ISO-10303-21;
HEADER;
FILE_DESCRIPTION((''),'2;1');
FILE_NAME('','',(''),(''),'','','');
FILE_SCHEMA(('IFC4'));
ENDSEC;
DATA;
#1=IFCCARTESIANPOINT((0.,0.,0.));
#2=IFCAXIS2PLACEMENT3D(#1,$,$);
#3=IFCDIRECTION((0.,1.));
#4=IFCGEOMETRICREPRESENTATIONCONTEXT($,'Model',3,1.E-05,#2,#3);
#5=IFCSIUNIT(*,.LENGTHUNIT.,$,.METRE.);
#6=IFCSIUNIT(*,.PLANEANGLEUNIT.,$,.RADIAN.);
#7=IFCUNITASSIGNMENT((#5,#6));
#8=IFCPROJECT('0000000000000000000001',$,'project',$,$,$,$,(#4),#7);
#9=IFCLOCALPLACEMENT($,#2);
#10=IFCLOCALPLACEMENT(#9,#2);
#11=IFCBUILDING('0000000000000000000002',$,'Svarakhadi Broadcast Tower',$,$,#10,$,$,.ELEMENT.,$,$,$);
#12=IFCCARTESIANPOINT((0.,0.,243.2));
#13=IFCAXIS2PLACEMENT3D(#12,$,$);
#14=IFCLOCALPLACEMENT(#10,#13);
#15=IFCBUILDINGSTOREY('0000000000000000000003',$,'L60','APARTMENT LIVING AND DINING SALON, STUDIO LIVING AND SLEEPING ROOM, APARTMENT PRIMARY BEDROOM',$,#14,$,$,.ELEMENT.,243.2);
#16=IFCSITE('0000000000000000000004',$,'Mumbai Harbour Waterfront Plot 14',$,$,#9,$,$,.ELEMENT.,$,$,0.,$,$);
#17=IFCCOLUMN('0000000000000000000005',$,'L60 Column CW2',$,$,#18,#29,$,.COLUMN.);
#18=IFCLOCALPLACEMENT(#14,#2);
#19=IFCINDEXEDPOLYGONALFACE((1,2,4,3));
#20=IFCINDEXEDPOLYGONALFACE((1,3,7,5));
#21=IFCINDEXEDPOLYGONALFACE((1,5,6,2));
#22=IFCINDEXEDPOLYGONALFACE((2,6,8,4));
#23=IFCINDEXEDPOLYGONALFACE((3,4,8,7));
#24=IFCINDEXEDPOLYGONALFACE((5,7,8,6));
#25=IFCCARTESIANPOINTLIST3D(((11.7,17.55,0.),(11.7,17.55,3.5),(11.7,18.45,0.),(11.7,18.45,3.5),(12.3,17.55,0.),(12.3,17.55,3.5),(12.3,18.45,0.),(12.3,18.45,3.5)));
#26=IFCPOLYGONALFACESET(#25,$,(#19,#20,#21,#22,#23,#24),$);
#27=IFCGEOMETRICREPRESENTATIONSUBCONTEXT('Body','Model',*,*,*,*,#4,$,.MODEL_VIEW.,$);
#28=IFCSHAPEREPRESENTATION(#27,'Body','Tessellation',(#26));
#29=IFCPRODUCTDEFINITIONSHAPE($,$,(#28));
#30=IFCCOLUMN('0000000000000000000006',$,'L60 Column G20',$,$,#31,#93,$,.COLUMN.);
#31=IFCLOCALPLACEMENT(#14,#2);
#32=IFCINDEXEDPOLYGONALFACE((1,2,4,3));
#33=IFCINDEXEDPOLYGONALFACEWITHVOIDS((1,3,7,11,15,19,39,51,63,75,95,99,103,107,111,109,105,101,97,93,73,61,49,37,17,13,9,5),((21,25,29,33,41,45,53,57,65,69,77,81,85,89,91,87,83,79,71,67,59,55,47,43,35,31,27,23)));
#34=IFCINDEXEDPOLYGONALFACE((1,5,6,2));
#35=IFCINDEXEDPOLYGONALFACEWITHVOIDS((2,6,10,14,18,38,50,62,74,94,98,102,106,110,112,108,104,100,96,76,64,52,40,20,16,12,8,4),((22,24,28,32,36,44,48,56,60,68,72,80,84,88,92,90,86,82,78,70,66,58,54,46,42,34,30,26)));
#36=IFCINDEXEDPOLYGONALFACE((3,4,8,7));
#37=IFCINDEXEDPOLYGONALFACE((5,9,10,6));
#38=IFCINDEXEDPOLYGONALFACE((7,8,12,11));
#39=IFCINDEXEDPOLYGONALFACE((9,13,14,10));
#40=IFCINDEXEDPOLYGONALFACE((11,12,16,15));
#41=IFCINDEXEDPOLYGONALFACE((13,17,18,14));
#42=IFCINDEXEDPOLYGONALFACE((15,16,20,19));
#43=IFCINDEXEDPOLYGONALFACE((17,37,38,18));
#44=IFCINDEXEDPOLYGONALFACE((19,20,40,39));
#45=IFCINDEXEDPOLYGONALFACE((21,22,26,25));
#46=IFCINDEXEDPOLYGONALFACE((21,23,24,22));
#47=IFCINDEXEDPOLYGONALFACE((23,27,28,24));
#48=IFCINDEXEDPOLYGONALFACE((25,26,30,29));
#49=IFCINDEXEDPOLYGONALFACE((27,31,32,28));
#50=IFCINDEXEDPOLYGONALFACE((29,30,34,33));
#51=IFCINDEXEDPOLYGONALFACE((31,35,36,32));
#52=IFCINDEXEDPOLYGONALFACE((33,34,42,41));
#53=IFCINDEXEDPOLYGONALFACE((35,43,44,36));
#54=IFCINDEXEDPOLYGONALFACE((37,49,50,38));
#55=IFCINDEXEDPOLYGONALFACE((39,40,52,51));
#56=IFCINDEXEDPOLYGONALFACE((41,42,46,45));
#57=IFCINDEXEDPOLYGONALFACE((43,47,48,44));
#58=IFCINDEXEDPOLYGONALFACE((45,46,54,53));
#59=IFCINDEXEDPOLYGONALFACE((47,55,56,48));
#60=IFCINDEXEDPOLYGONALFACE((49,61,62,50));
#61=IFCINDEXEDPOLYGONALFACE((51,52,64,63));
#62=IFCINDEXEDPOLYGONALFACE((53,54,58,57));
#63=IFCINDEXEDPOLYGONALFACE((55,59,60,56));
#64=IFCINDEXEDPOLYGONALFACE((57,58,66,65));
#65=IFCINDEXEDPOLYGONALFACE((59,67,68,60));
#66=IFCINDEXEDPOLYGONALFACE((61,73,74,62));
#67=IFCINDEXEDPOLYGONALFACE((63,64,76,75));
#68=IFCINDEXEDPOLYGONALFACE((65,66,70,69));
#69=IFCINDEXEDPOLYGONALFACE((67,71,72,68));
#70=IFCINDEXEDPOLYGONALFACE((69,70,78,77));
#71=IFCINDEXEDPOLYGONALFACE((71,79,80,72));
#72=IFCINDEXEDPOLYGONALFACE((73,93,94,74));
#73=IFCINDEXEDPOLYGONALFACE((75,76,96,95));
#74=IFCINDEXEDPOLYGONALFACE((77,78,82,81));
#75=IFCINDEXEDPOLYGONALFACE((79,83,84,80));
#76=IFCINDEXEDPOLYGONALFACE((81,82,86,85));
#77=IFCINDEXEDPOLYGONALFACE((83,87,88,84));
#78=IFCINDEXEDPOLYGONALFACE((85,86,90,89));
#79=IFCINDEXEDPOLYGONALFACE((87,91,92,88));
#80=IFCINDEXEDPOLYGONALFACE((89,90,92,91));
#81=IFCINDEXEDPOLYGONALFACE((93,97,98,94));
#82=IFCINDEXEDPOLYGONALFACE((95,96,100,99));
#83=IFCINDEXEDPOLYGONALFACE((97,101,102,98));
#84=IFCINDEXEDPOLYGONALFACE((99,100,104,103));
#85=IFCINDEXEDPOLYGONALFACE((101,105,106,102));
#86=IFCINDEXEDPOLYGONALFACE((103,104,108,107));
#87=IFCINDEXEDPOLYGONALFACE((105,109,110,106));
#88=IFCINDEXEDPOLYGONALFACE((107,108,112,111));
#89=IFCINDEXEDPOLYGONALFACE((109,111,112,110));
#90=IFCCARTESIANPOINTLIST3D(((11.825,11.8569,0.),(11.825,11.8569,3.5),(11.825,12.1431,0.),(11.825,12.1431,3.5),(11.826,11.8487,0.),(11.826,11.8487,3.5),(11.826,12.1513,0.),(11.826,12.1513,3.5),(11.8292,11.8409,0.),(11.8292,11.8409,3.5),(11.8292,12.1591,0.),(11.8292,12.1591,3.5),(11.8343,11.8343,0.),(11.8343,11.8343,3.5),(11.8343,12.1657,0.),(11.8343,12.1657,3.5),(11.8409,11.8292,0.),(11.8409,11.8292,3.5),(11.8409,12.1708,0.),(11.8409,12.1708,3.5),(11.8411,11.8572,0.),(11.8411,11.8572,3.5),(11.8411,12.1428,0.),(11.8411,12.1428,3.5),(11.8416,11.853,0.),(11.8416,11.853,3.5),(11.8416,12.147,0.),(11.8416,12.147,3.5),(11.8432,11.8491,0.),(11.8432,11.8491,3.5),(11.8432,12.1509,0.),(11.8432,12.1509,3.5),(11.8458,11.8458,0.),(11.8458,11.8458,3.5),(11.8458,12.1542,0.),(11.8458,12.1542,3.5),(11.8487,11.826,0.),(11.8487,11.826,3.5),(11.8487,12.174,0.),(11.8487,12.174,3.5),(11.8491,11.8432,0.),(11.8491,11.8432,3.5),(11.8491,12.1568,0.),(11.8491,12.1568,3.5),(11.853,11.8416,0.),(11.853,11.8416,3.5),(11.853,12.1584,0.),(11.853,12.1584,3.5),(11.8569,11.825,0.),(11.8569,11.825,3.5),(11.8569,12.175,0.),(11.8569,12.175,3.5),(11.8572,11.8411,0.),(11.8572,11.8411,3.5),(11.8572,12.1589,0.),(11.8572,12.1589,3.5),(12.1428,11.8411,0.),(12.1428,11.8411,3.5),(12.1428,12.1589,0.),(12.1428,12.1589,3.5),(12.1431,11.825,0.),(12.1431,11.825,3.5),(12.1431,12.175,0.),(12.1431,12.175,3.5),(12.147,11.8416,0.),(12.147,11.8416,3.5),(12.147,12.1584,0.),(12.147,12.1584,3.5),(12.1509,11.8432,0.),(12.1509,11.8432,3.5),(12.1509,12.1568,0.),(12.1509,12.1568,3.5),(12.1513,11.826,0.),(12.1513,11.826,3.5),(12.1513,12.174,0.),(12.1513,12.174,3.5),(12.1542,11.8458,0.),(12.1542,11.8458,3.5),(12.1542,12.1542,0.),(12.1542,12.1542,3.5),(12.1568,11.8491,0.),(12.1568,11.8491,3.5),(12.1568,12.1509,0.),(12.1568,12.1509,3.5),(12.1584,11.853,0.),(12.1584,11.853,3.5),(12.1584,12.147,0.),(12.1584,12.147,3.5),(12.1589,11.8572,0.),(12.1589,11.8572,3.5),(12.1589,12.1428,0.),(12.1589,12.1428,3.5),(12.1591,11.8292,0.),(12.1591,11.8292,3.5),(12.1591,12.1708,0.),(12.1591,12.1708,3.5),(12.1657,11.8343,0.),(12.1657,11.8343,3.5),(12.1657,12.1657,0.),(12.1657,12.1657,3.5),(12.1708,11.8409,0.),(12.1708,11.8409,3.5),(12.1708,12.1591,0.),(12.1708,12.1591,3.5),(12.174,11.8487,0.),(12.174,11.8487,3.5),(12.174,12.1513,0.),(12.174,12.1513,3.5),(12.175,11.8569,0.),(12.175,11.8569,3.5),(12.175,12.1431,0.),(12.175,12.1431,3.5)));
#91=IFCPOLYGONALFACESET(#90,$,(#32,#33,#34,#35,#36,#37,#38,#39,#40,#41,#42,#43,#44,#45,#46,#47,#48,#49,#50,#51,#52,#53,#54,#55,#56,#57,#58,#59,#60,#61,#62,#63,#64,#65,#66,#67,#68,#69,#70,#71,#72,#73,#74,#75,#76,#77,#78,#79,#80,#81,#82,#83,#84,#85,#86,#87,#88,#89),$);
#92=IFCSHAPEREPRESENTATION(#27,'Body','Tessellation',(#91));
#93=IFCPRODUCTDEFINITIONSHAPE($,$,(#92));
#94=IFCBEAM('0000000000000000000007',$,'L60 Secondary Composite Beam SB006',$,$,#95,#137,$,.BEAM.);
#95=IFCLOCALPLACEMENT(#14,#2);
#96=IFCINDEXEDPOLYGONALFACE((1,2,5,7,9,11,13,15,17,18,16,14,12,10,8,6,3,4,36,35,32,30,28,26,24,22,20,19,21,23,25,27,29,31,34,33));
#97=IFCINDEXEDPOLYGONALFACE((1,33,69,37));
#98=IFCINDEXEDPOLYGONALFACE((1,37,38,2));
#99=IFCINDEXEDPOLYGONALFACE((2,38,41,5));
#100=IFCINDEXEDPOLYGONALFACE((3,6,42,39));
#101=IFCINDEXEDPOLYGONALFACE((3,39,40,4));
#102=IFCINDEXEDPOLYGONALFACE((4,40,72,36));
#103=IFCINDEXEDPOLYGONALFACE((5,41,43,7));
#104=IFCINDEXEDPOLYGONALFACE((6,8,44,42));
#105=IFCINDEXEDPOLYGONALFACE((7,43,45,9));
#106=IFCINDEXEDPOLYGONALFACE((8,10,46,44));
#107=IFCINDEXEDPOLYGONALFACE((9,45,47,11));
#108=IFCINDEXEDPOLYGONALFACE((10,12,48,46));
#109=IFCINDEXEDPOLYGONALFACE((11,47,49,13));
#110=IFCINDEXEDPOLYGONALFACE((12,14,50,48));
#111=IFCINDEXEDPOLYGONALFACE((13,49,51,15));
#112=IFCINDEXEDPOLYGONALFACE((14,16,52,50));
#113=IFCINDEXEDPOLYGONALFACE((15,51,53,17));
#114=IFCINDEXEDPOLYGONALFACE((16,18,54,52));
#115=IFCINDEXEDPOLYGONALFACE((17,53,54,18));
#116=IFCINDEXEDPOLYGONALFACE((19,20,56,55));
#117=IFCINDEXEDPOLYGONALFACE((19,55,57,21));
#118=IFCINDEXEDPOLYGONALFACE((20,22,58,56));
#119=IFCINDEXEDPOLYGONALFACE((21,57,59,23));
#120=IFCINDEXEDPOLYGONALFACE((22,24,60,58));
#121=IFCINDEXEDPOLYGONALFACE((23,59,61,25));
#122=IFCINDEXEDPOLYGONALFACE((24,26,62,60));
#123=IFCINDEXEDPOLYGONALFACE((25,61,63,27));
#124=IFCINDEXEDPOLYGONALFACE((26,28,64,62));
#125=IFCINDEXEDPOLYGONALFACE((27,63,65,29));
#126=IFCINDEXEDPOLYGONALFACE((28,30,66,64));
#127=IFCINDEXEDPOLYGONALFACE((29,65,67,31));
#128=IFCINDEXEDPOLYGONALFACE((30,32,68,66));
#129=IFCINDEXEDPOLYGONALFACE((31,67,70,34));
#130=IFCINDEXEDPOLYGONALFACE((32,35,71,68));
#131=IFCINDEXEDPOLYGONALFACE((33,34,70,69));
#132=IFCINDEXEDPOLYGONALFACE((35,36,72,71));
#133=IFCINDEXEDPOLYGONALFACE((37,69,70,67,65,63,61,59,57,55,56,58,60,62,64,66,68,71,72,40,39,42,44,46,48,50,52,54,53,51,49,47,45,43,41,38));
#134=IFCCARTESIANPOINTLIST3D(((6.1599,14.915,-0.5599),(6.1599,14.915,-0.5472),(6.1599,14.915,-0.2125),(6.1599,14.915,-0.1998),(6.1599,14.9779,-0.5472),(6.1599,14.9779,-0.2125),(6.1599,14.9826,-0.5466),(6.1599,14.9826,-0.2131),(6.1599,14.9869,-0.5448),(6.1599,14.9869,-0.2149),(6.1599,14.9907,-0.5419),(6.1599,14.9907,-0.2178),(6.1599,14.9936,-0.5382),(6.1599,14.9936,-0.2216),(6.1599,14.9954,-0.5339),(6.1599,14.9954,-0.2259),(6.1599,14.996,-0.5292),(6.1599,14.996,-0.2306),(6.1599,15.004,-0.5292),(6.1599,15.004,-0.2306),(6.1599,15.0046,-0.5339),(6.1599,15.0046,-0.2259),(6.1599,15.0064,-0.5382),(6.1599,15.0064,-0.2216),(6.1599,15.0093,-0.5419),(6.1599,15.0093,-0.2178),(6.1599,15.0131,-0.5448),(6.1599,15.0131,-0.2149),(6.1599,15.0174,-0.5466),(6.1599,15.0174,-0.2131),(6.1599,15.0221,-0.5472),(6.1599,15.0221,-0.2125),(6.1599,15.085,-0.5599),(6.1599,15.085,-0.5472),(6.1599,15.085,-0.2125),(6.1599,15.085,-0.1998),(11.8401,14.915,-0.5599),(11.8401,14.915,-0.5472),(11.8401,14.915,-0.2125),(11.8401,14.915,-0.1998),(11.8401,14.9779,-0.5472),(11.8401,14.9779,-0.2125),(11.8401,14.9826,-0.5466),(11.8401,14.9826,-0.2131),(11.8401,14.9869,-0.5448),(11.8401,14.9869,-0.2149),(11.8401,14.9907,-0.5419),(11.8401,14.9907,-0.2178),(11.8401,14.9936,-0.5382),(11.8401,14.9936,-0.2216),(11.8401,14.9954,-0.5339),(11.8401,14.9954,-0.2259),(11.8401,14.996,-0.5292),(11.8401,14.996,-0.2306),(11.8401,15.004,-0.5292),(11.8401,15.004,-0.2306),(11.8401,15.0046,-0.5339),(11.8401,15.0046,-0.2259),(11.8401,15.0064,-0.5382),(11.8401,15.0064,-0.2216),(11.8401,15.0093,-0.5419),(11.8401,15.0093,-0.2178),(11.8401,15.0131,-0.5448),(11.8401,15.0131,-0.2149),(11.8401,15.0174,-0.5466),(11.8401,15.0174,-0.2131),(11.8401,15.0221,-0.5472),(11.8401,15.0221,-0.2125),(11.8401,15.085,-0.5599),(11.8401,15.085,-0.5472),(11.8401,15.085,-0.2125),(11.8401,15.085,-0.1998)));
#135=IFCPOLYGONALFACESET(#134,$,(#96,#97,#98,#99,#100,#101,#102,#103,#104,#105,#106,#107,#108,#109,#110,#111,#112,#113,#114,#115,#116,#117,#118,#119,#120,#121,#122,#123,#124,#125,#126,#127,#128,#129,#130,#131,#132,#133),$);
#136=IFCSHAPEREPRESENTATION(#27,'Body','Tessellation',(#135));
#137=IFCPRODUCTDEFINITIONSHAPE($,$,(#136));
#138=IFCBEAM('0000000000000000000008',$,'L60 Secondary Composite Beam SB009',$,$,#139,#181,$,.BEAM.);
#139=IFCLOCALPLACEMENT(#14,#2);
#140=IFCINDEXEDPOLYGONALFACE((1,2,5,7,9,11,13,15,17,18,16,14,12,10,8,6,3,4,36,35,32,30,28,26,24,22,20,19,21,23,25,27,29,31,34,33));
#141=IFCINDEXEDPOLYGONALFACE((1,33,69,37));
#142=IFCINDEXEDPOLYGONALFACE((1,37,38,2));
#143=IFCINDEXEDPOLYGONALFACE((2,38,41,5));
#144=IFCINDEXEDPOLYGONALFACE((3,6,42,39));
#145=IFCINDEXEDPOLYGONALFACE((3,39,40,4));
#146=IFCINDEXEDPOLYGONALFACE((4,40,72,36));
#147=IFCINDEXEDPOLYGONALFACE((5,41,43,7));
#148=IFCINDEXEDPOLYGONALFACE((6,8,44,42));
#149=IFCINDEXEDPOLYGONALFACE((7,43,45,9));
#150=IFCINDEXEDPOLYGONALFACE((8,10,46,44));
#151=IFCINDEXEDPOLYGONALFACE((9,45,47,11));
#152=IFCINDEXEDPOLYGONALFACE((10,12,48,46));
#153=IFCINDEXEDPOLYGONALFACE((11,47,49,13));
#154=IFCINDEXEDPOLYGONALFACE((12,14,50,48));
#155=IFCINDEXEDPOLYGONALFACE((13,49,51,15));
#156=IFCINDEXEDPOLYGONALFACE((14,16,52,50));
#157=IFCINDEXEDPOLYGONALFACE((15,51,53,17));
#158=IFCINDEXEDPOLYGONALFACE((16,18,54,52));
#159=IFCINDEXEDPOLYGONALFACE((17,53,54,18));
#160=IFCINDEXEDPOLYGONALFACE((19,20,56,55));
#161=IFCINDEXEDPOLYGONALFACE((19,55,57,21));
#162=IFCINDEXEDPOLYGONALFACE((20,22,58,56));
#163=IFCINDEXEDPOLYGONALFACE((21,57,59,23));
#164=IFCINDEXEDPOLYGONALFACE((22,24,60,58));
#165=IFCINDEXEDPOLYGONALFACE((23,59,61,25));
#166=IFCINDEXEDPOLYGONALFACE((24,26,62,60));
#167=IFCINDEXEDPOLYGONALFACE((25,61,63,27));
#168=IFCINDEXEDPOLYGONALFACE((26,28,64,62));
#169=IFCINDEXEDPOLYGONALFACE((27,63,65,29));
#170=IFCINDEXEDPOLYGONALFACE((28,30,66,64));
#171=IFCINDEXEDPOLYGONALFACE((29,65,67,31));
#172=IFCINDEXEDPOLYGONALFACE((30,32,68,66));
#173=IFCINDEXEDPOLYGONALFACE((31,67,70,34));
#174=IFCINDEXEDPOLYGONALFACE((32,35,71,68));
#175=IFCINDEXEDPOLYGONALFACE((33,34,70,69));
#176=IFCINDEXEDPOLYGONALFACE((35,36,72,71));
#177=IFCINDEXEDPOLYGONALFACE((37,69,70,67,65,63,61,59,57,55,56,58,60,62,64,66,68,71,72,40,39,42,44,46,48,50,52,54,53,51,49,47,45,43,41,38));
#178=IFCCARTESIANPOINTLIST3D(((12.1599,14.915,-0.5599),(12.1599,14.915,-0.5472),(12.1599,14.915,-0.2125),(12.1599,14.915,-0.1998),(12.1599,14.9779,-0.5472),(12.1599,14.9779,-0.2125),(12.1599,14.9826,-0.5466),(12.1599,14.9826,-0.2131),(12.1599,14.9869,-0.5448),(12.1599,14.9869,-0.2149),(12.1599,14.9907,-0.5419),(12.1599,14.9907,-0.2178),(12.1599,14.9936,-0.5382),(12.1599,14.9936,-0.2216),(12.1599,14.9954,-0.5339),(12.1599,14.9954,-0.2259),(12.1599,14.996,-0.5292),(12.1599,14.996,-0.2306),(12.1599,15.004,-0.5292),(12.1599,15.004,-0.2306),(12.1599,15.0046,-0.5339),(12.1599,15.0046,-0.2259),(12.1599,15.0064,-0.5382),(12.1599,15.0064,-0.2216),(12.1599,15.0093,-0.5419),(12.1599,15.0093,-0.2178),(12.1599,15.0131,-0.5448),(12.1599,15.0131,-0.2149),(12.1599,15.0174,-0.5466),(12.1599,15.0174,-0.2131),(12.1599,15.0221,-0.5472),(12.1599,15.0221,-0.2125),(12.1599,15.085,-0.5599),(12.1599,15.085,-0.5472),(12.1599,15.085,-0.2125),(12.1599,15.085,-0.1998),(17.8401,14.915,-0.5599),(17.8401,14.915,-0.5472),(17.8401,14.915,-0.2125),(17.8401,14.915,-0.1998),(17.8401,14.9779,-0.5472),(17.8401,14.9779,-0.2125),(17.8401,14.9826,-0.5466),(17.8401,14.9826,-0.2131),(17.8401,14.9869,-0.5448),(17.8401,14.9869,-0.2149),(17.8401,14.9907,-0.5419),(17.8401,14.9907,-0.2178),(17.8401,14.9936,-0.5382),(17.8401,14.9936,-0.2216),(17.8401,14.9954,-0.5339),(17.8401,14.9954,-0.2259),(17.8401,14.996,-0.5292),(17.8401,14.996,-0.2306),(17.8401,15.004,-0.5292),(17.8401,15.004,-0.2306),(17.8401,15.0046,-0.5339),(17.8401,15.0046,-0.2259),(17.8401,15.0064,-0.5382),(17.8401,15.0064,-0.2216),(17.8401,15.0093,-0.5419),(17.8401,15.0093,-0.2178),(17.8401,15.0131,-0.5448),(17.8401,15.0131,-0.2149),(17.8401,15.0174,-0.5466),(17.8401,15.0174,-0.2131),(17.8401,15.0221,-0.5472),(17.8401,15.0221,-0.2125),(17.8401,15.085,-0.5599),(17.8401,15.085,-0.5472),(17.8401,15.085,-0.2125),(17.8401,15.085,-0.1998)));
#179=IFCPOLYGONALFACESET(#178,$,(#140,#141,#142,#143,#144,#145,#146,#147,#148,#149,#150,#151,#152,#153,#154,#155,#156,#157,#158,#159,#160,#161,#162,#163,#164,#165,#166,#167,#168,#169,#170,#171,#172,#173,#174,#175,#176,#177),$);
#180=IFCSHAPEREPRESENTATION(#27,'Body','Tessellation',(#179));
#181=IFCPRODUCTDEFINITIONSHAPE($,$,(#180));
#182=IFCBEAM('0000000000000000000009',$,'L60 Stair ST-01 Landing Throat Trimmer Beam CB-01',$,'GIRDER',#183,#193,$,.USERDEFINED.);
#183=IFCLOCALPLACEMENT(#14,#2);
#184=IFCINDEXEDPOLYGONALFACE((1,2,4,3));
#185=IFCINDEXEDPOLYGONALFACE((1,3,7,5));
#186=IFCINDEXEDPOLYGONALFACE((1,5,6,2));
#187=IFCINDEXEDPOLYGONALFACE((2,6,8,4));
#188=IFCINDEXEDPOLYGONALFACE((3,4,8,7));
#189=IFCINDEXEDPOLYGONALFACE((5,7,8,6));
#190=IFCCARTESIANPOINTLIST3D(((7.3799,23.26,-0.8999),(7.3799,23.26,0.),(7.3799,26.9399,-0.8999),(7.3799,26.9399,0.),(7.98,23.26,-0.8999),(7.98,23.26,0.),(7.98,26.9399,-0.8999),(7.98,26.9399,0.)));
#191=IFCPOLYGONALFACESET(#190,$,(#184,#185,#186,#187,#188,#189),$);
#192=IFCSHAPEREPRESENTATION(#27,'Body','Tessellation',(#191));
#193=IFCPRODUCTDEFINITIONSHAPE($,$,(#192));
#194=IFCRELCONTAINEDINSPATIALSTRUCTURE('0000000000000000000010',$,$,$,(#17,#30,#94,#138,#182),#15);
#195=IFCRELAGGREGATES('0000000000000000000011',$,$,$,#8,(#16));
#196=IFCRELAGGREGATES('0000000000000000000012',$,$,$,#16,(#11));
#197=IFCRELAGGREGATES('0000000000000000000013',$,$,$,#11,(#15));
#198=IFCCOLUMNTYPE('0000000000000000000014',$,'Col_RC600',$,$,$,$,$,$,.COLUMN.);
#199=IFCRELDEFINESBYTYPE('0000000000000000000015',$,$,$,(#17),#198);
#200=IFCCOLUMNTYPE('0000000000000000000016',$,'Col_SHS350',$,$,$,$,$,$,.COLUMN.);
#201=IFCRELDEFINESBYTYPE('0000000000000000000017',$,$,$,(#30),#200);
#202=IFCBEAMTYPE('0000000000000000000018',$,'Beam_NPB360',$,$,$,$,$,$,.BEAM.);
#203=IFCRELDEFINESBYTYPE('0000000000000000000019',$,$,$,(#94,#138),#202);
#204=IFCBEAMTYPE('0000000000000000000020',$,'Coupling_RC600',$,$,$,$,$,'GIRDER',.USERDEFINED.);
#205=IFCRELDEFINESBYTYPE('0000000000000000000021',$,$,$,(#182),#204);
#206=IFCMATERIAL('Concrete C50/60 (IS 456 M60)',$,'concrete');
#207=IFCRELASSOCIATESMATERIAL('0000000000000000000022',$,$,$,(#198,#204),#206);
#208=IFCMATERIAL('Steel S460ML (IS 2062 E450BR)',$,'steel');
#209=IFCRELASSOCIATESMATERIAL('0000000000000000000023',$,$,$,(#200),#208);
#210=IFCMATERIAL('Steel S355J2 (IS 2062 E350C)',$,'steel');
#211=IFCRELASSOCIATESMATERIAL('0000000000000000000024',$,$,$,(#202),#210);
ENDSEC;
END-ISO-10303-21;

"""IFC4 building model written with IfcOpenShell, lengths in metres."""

from ifc_helpers import new_model, si_unit, direction, frame, origin, origin_2d, place, context, subcontext, project, spatial, rectangle, hollow_rectangle, i_section, extrude, material, material_profile, profile_set, type_object, element, save


model = new_model("IFC4")

# Units and contexts
model_context = context("Model", 3, precision=1e-05, world=origin(), true_north=direction((0.0, 1.0)))
body_context = subcontext(model_context, "Body", "Model", "MODEL_VIEW")
ifc_project = project(units=[si_unit("LENGTHUNIT", "METRE"), si_unit("PLANEANGLEUNIT", "RADIAN")], contexts=[model_context])

# Site, building, storey
site_placement = place(None, origin())
site = spatial("IfcSite", under=ifc_project, at=site_placement, Name="Mumbai Harbour Waterfront Plot 14", CompositionType="ELEMENT", RefElevation=0.0)
building_placement = place(site_placement, origin())
building = spatial("IfcBuilding", under=site, at=building_placement, Name="Svarakhadi Broadcast Tower", CompositionType="ELEMENT")
storey_placement = place(building_placement, frame((0.0, 0.0, 243.2)))
storey = spatial("IfcBuildingStorey", under=building, at=storey_placement, Name="L60", Description="APARTMENT LIVING AND DINING SALON, STUDIO LIVING AND SLEEPING ROOM, APARTMENT PRIMARY BEDROOM", CompositionType="ELEMENT", Elevation=243.2)

# Columns
ifc_material_1 = material(Name="Concrete C50/60 (IS 456 M60)", Category="concrete")
ifc_material_profile_1 = material_profile(ifc_material_1, rectangle(XDim=0.6001, YDim=0.8999, at=origin_2d()), Name="RC 600x900")
ifc_profile_set_1 = profile_set([ifc_material_profile_1], Name="Concrete C50/60 (IS 456 M60)")
column_type_1 = type_object("IfcColumnType", Name="Col_RC600", PredefinedType="COLUMN", material=ifc_profile_set_1)
column_1_placement = place(storey_placement, frame((12.0, 18.0, 0.0), z_axis=(0.0, 0.0, 1.0), x_axis=(1.0, 0.0, 0.0)))
element("IfcColumn", 1, at=column_1_placement, inside=storey, type_object=column_type_1, Name="L60 Column CW2", PredefinedType="COLUMN", context=body_context, shape_type="SweptSolid", body=[
    extrude(rectangle(XDim=0.6001, YDim=0.8999, at=origin_2d()), origin(), (0.0, 0.0, 1.0), 3.5),
])
ifc_material_2 = material(Name="Steel S460ML (IS 2062 E450BR)", Category="steel")
ifc_material_profile_2 = material_profile(ifc_material_2, hollow_rectangle(XDim=0.3501, YDim=0.3501, WallThickness=0.0161, InnerFilletRadius=0.0161, OuterFilletRadius=0.032, at=origin_2d()), Name="SHS 350x350x16")
ifc_profile_set_2 = profile_set([ifc_material_profile_2], Name="Steel S460ML (IS 2062 E450BR)")
column_type_2 = type_object("IfcColumnType", Name="Col_SHS350", PredefinedType="COLUMN", material=ifc_profile_set_2)
column_2_placement = place(storey_placement, frame((12.0, 12.0, 0.0), z_axis=(0.0, 0.0, 1.0), x_axis=(1.0, 0.0, 0.0)))
element("IfcColumn", 2, at=column_2_placement, inside=storey, type_object=column_type_2, Name="L60 Column G20", PredefinedType="COLUMN", context=body_context, shape_type="SweptSolid", body=[
    extrude(hollow_rectangle(XDim=0.3501, YDim=0.3501, WallThickness=0.0161, InnerFilletRadius=0.0161, OuterFilletRadius=0.032, at=origin_2d()), origin(), (0.0, 0.0, 1.0), 3.5),
])

# Beams
ifc_material_3 = material(Name="Steel S355J2 (IS 2062 E350C)", Category="steel")
ifc_material_profile_3 = material_profile(ifc_material_3, i_section(OverallWidth=0.1699, OverallDepth=0.3601, WebThickness=0.0081, FlangeThickness=0.0127, FilletRadius=0.0181, at=origin_2d()), Name="NPB 360x170x57")
ifc_profile_set_3 = profile_set([ifc_material_profile_3], Name="Steel S355J2 (IS 2062 E350C)")
beam_type_1 = type_object("IfcBeamType", Name="Beam_NPB360", PredefinedType="BEAM", material=ifc_profile_set_3)
for number, where, z_axis, x_axis, name in (
    (3, (6.1599, 15.0, -0.3799), (1.0, 0.0, 0.0), (0.0, 1.0, 0.0), "L60 Secondary Composite Beam SB006"),
    (4, (12.1599, 15.0, -0.3799), (1.0, 0.0, 0.0), (0.0, 1.0, 0.0), "L60 Secondary Composite Beam SB009"),
):
    element("IfcBeam", number, at=place(storey_placement, frame(where, z_axis=z_axis, x_axis=x_axis)), inside=storey, type_object=beam_type_1, Name=name, PredefinedType="BEAM", context=body_context, shape_type="SweptSolid", body=[
        extrude(i_section(OverallWidth=0.1699, OverallDepth=0.3601, WebThickness=0.0081, FlangeThickness=0.0127, FilletRadius=0.0181, at=origin_2d()), origin(), (0.0, 0.0, 1.0), 5.6802),
    ])
ifc_material_profile_4 = material_profile(ifc_material_1, rectangle(XDim=0.6001, YDim=0.8999, at=origin_2d()), Name="RC 600x900")
ifc_profile_set_4 = profile_set([ifc_material_profile_4], Name="Concrete C50/60 (IS 456 M60)")
beam_type_2 = type_object("IfcBeamType", Name="Coupling_RC600", ElementType="GIRDER", PredefinedType="USERDEFINED", material=ifc_profile_set_4)
beam_1_placement = place(storey_placement, frame((7.6799, 23.26, -0.45), z_axis=(0.0, 1.0, 0.0), x_axis=(-1.0, 0.0, 0.0)))
element("IfcBeam", 5, at=beam_1_placement, inside=storey, type_object=beam_type_2, Name="L60 Stair ST-01 Landing Throat Trimmer Beam CB-01", ObjectType="GIRDER", PredefinedType="USERDEFINED", context=body_context, shape_type="SweptSolid", body=[
    extrude(rectangle(XDim=0.6001, YDim=0.8999, at=origin_2d()), origin(), (0.0, 0.0, 1.0), 3.6799),
])

save(model, "model.ifc")
